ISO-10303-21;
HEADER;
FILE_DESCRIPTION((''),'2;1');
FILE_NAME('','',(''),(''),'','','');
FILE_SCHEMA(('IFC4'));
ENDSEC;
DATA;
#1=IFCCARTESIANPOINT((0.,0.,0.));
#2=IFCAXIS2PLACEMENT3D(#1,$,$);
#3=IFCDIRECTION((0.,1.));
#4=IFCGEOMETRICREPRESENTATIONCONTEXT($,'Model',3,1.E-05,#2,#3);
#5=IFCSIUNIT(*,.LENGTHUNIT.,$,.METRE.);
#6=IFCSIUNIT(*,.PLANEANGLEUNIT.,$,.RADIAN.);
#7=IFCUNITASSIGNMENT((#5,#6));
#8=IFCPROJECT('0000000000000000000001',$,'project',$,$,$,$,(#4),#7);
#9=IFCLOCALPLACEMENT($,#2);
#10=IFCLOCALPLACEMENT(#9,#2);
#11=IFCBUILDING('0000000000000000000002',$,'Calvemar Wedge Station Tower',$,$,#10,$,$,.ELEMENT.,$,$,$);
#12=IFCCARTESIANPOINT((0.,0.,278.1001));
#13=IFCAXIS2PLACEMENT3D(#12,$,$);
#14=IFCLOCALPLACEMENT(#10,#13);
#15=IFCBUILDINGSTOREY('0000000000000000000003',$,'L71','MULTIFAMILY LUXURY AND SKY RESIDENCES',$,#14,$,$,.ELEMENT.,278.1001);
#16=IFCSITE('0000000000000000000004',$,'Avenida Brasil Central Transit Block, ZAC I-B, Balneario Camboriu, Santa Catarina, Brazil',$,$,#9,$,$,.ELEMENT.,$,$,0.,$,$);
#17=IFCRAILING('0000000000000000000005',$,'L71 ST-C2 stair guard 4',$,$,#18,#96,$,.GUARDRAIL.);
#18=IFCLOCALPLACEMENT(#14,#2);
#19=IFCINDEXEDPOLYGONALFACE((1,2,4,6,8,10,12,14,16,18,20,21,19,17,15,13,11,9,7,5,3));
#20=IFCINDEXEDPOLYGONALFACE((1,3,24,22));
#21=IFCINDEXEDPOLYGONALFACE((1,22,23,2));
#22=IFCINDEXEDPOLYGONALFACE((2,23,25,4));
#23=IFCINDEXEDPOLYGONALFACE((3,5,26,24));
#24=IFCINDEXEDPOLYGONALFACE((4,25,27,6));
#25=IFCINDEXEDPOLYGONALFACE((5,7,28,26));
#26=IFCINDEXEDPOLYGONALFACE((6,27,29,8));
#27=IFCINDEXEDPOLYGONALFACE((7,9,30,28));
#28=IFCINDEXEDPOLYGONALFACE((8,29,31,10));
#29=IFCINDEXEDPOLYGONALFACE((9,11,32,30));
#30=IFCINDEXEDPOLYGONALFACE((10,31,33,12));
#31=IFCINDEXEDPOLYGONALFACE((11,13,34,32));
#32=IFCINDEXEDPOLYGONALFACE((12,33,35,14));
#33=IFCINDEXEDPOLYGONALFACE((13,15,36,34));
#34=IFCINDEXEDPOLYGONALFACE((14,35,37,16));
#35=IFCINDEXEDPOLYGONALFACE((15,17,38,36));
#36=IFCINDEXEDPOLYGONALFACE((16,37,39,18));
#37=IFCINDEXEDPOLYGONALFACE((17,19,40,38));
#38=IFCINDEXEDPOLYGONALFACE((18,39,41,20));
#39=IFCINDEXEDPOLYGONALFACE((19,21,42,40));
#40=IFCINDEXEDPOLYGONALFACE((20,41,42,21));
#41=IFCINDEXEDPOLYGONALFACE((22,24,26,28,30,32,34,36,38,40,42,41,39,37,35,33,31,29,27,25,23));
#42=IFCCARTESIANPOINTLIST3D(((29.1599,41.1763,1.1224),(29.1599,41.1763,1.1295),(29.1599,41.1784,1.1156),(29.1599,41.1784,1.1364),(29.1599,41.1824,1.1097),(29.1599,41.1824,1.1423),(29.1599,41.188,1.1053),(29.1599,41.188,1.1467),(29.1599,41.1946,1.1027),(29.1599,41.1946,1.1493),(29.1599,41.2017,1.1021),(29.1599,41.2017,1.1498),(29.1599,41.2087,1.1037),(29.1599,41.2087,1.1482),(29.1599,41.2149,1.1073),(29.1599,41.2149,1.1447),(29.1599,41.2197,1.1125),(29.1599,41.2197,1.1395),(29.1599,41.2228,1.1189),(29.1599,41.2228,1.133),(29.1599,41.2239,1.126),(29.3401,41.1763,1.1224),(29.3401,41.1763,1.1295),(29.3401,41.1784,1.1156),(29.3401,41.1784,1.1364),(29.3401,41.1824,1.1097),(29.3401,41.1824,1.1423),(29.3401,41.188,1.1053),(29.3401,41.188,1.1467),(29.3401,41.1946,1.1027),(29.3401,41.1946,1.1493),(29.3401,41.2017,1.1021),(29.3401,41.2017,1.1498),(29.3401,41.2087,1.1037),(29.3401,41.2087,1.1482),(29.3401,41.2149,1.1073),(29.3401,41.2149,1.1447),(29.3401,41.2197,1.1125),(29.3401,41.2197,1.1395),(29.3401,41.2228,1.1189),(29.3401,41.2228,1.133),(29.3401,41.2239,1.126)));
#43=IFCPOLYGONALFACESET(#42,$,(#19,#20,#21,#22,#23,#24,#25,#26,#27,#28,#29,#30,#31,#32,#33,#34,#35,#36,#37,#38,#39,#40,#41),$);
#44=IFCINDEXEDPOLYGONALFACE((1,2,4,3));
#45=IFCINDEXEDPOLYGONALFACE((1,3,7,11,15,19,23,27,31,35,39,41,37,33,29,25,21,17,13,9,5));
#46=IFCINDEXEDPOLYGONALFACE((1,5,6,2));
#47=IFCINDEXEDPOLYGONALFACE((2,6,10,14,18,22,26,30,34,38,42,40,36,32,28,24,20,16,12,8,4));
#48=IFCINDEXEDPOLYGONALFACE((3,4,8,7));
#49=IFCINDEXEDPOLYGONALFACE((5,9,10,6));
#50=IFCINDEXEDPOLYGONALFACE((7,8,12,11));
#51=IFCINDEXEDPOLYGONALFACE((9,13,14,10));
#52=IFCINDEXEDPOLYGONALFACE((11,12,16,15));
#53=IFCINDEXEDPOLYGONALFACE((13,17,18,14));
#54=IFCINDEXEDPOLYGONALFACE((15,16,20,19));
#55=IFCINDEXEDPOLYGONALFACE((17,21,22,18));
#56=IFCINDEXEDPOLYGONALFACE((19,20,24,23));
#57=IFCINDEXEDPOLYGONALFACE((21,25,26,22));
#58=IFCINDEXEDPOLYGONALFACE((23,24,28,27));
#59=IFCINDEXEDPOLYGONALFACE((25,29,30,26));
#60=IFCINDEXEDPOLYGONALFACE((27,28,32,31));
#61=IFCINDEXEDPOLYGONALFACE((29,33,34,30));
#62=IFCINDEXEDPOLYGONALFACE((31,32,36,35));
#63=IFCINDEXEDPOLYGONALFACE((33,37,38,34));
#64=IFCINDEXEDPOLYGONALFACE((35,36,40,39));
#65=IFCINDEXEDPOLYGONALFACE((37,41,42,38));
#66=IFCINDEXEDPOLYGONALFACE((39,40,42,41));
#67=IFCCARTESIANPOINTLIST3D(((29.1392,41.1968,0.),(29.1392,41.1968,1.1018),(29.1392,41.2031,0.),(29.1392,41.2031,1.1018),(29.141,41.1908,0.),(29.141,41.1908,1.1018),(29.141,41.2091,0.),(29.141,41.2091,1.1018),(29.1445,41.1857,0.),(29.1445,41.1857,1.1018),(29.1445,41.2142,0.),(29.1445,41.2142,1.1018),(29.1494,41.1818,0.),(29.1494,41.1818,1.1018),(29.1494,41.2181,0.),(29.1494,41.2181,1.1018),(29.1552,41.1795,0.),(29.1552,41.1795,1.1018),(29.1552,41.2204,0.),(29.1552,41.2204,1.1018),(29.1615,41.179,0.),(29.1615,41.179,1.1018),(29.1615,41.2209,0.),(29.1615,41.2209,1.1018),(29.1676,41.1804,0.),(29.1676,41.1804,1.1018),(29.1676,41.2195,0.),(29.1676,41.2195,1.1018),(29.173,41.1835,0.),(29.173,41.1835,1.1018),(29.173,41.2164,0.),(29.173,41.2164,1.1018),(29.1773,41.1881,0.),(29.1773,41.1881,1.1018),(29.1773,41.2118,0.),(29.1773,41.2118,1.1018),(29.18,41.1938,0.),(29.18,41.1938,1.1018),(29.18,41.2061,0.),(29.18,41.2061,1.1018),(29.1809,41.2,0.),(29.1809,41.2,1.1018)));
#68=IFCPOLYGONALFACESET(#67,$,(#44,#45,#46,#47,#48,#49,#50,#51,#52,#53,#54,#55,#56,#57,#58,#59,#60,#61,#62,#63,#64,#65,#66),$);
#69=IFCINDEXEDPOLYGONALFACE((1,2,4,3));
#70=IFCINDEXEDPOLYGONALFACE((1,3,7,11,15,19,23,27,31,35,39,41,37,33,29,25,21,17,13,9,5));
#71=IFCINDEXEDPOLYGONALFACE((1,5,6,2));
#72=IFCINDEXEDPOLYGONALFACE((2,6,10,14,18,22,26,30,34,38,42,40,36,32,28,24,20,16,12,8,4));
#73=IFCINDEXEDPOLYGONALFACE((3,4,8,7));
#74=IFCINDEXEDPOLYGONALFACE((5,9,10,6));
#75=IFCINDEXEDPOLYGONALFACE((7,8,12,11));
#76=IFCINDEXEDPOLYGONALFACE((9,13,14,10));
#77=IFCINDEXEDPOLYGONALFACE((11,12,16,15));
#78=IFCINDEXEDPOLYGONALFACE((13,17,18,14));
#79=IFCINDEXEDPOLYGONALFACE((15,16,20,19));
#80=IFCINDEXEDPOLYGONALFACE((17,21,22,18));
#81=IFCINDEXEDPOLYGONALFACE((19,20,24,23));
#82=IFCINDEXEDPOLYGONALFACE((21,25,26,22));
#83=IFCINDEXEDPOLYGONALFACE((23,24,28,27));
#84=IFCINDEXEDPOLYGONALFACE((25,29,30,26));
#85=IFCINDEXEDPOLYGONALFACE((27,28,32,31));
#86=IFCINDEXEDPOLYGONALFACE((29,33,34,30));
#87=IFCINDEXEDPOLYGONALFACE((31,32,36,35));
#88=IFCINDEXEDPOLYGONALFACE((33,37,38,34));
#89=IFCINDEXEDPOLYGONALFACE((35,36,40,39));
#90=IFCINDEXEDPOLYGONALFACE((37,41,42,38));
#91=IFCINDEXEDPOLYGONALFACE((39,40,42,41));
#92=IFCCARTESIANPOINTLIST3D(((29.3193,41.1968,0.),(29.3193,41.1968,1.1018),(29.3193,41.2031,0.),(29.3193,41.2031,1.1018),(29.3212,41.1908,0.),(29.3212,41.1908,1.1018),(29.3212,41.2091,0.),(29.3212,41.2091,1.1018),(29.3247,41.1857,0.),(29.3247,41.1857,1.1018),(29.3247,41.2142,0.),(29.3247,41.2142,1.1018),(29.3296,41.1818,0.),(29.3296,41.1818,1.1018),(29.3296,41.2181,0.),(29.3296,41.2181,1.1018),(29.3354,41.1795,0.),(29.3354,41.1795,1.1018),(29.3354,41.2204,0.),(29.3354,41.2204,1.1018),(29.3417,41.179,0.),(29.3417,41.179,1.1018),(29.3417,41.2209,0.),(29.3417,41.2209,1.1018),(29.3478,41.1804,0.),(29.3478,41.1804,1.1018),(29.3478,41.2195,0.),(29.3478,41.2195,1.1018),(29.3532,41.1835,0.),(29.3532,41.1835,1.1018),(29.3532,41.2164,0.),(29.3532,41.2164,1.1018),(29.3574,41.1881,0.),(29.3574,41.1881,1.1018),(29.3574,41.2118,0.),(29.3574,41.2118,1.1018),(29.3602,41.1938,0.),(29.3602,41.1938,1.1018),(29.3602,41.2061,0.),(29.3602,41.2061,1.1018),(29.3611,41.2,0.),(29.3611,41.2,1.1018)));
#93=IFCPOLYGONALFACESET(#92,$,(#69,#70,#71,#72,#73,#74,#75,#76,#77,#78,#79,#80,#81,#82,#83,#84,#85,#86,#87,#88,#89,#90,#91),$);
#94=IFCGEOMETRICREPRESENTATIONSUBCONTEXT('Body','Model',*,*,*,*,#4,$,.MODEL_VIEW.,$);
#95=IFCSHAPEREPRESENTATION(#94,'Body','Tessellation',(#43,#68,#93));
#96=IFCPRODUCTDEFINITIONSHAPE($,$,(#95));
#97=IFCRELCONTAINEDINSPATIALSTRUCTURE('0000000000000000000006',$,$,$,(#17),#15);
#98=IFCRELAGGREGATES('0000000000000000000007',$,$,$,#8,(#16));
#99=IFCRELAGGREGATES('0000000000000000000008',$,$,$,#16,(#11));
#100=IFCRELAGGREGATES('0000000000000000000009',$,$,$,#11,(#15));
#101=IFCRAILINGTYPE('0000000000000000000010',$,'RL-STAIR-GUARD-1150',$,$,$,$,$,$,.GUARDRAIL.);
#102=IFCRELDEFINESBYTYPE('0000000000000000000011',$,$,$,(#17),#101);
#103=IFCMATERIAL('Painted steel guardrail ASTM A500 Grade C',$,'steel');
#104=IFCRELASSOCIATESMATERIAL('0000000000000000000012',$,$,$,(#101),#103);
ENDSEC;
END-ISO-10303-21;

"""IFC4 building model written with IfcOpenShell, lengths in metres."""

from ifc_helpers import new_model, si_unit, direction, frame, origin, origin_2d, place, context, subcontext, project, spatial, circle, extrude, material, type_object, element, save


model = new_model("IFC4")

# Units and contexts
model_context = context("Model", 3, precision=1e-05, world=origin(), true_north=direction((0.0, 1.0)))
body_context = subcontext(model_context, "Body", "Model", "MODEL_VIEW")
ifc_project = project(units=[si_unit("LENGTHUNIT", "METRE"), si_unit("PLANEANGLEUNIT", "RADIAN")], contexts=[model_context])

# Site, building, storey
site_placement = place(None, origin())
site = spatial("IfcSite", under=ifc_project, at=site_placement, Name="Avenida Brasil Central Transit Block, ZAC I-B, Balneario Camboriu, Santa Catarina, Brazil", CompositionType="ELEMENT", RefElevation=0.0)
building_placement = place(site_placement, origin())
building = spatial("IfcBuilding", under=site, at=building_placement, Name="Calvemar Wedge Station Tower", CompositionType="ELEMENT")
storey_placement = place(building_placement, frame((0.0, 0.0, 278.1001)))
storey = spatial("IfcBuildingStorey", under=building, at=storey_placement, Name="L71", Description="MULTIFAMILY LUXURY AND SKY RESIDENCES", CompositionType="ELEMENT", Elevation=278.1001)

# Railing
ifc_material_1 = material(Name="Painted steel guardrail ASTM A500 Grade C", Category="steel")
railing_type = type_object("IfcRailingType", Name="RL-STAIR-GUARD-1150", PredefinedType="GUARDRAIL", material=ifc_material_1)
railing_1_placement = place(storey_placement, frame((29.1599, 41.2, 0.0)))
element("IfcRailing", 1, at=railing_1_placement, inside=storey, type_object=railing_type, Name="L71 ST-C2 stair guard 4", PredefinedType="GUARDRAIL", context=body_context, shape_type="SweptSolid", body=[
    extrude(circle(Radius=0.0239, at=origin_2d()), frame((0.0, 0.0, 1.126), z_axis=(1.0, 0.0, 0.0), x_axis=(0.0, 1.0, 0.0)), (0.0, 0.0, 1.0), 0.1802),
    extrude(circle(Radius=0.021, at=origin_2d()), origin(), (0.0, 0.0, 1.0), 1.1018),
    extrude(circle(Radius=0.021, at=origin_2d()), frame((0.1802, 0.0, 0.0)), (0.0, 0.0, 1.0), 1.1018),
])

save(model, "model.ifc")
